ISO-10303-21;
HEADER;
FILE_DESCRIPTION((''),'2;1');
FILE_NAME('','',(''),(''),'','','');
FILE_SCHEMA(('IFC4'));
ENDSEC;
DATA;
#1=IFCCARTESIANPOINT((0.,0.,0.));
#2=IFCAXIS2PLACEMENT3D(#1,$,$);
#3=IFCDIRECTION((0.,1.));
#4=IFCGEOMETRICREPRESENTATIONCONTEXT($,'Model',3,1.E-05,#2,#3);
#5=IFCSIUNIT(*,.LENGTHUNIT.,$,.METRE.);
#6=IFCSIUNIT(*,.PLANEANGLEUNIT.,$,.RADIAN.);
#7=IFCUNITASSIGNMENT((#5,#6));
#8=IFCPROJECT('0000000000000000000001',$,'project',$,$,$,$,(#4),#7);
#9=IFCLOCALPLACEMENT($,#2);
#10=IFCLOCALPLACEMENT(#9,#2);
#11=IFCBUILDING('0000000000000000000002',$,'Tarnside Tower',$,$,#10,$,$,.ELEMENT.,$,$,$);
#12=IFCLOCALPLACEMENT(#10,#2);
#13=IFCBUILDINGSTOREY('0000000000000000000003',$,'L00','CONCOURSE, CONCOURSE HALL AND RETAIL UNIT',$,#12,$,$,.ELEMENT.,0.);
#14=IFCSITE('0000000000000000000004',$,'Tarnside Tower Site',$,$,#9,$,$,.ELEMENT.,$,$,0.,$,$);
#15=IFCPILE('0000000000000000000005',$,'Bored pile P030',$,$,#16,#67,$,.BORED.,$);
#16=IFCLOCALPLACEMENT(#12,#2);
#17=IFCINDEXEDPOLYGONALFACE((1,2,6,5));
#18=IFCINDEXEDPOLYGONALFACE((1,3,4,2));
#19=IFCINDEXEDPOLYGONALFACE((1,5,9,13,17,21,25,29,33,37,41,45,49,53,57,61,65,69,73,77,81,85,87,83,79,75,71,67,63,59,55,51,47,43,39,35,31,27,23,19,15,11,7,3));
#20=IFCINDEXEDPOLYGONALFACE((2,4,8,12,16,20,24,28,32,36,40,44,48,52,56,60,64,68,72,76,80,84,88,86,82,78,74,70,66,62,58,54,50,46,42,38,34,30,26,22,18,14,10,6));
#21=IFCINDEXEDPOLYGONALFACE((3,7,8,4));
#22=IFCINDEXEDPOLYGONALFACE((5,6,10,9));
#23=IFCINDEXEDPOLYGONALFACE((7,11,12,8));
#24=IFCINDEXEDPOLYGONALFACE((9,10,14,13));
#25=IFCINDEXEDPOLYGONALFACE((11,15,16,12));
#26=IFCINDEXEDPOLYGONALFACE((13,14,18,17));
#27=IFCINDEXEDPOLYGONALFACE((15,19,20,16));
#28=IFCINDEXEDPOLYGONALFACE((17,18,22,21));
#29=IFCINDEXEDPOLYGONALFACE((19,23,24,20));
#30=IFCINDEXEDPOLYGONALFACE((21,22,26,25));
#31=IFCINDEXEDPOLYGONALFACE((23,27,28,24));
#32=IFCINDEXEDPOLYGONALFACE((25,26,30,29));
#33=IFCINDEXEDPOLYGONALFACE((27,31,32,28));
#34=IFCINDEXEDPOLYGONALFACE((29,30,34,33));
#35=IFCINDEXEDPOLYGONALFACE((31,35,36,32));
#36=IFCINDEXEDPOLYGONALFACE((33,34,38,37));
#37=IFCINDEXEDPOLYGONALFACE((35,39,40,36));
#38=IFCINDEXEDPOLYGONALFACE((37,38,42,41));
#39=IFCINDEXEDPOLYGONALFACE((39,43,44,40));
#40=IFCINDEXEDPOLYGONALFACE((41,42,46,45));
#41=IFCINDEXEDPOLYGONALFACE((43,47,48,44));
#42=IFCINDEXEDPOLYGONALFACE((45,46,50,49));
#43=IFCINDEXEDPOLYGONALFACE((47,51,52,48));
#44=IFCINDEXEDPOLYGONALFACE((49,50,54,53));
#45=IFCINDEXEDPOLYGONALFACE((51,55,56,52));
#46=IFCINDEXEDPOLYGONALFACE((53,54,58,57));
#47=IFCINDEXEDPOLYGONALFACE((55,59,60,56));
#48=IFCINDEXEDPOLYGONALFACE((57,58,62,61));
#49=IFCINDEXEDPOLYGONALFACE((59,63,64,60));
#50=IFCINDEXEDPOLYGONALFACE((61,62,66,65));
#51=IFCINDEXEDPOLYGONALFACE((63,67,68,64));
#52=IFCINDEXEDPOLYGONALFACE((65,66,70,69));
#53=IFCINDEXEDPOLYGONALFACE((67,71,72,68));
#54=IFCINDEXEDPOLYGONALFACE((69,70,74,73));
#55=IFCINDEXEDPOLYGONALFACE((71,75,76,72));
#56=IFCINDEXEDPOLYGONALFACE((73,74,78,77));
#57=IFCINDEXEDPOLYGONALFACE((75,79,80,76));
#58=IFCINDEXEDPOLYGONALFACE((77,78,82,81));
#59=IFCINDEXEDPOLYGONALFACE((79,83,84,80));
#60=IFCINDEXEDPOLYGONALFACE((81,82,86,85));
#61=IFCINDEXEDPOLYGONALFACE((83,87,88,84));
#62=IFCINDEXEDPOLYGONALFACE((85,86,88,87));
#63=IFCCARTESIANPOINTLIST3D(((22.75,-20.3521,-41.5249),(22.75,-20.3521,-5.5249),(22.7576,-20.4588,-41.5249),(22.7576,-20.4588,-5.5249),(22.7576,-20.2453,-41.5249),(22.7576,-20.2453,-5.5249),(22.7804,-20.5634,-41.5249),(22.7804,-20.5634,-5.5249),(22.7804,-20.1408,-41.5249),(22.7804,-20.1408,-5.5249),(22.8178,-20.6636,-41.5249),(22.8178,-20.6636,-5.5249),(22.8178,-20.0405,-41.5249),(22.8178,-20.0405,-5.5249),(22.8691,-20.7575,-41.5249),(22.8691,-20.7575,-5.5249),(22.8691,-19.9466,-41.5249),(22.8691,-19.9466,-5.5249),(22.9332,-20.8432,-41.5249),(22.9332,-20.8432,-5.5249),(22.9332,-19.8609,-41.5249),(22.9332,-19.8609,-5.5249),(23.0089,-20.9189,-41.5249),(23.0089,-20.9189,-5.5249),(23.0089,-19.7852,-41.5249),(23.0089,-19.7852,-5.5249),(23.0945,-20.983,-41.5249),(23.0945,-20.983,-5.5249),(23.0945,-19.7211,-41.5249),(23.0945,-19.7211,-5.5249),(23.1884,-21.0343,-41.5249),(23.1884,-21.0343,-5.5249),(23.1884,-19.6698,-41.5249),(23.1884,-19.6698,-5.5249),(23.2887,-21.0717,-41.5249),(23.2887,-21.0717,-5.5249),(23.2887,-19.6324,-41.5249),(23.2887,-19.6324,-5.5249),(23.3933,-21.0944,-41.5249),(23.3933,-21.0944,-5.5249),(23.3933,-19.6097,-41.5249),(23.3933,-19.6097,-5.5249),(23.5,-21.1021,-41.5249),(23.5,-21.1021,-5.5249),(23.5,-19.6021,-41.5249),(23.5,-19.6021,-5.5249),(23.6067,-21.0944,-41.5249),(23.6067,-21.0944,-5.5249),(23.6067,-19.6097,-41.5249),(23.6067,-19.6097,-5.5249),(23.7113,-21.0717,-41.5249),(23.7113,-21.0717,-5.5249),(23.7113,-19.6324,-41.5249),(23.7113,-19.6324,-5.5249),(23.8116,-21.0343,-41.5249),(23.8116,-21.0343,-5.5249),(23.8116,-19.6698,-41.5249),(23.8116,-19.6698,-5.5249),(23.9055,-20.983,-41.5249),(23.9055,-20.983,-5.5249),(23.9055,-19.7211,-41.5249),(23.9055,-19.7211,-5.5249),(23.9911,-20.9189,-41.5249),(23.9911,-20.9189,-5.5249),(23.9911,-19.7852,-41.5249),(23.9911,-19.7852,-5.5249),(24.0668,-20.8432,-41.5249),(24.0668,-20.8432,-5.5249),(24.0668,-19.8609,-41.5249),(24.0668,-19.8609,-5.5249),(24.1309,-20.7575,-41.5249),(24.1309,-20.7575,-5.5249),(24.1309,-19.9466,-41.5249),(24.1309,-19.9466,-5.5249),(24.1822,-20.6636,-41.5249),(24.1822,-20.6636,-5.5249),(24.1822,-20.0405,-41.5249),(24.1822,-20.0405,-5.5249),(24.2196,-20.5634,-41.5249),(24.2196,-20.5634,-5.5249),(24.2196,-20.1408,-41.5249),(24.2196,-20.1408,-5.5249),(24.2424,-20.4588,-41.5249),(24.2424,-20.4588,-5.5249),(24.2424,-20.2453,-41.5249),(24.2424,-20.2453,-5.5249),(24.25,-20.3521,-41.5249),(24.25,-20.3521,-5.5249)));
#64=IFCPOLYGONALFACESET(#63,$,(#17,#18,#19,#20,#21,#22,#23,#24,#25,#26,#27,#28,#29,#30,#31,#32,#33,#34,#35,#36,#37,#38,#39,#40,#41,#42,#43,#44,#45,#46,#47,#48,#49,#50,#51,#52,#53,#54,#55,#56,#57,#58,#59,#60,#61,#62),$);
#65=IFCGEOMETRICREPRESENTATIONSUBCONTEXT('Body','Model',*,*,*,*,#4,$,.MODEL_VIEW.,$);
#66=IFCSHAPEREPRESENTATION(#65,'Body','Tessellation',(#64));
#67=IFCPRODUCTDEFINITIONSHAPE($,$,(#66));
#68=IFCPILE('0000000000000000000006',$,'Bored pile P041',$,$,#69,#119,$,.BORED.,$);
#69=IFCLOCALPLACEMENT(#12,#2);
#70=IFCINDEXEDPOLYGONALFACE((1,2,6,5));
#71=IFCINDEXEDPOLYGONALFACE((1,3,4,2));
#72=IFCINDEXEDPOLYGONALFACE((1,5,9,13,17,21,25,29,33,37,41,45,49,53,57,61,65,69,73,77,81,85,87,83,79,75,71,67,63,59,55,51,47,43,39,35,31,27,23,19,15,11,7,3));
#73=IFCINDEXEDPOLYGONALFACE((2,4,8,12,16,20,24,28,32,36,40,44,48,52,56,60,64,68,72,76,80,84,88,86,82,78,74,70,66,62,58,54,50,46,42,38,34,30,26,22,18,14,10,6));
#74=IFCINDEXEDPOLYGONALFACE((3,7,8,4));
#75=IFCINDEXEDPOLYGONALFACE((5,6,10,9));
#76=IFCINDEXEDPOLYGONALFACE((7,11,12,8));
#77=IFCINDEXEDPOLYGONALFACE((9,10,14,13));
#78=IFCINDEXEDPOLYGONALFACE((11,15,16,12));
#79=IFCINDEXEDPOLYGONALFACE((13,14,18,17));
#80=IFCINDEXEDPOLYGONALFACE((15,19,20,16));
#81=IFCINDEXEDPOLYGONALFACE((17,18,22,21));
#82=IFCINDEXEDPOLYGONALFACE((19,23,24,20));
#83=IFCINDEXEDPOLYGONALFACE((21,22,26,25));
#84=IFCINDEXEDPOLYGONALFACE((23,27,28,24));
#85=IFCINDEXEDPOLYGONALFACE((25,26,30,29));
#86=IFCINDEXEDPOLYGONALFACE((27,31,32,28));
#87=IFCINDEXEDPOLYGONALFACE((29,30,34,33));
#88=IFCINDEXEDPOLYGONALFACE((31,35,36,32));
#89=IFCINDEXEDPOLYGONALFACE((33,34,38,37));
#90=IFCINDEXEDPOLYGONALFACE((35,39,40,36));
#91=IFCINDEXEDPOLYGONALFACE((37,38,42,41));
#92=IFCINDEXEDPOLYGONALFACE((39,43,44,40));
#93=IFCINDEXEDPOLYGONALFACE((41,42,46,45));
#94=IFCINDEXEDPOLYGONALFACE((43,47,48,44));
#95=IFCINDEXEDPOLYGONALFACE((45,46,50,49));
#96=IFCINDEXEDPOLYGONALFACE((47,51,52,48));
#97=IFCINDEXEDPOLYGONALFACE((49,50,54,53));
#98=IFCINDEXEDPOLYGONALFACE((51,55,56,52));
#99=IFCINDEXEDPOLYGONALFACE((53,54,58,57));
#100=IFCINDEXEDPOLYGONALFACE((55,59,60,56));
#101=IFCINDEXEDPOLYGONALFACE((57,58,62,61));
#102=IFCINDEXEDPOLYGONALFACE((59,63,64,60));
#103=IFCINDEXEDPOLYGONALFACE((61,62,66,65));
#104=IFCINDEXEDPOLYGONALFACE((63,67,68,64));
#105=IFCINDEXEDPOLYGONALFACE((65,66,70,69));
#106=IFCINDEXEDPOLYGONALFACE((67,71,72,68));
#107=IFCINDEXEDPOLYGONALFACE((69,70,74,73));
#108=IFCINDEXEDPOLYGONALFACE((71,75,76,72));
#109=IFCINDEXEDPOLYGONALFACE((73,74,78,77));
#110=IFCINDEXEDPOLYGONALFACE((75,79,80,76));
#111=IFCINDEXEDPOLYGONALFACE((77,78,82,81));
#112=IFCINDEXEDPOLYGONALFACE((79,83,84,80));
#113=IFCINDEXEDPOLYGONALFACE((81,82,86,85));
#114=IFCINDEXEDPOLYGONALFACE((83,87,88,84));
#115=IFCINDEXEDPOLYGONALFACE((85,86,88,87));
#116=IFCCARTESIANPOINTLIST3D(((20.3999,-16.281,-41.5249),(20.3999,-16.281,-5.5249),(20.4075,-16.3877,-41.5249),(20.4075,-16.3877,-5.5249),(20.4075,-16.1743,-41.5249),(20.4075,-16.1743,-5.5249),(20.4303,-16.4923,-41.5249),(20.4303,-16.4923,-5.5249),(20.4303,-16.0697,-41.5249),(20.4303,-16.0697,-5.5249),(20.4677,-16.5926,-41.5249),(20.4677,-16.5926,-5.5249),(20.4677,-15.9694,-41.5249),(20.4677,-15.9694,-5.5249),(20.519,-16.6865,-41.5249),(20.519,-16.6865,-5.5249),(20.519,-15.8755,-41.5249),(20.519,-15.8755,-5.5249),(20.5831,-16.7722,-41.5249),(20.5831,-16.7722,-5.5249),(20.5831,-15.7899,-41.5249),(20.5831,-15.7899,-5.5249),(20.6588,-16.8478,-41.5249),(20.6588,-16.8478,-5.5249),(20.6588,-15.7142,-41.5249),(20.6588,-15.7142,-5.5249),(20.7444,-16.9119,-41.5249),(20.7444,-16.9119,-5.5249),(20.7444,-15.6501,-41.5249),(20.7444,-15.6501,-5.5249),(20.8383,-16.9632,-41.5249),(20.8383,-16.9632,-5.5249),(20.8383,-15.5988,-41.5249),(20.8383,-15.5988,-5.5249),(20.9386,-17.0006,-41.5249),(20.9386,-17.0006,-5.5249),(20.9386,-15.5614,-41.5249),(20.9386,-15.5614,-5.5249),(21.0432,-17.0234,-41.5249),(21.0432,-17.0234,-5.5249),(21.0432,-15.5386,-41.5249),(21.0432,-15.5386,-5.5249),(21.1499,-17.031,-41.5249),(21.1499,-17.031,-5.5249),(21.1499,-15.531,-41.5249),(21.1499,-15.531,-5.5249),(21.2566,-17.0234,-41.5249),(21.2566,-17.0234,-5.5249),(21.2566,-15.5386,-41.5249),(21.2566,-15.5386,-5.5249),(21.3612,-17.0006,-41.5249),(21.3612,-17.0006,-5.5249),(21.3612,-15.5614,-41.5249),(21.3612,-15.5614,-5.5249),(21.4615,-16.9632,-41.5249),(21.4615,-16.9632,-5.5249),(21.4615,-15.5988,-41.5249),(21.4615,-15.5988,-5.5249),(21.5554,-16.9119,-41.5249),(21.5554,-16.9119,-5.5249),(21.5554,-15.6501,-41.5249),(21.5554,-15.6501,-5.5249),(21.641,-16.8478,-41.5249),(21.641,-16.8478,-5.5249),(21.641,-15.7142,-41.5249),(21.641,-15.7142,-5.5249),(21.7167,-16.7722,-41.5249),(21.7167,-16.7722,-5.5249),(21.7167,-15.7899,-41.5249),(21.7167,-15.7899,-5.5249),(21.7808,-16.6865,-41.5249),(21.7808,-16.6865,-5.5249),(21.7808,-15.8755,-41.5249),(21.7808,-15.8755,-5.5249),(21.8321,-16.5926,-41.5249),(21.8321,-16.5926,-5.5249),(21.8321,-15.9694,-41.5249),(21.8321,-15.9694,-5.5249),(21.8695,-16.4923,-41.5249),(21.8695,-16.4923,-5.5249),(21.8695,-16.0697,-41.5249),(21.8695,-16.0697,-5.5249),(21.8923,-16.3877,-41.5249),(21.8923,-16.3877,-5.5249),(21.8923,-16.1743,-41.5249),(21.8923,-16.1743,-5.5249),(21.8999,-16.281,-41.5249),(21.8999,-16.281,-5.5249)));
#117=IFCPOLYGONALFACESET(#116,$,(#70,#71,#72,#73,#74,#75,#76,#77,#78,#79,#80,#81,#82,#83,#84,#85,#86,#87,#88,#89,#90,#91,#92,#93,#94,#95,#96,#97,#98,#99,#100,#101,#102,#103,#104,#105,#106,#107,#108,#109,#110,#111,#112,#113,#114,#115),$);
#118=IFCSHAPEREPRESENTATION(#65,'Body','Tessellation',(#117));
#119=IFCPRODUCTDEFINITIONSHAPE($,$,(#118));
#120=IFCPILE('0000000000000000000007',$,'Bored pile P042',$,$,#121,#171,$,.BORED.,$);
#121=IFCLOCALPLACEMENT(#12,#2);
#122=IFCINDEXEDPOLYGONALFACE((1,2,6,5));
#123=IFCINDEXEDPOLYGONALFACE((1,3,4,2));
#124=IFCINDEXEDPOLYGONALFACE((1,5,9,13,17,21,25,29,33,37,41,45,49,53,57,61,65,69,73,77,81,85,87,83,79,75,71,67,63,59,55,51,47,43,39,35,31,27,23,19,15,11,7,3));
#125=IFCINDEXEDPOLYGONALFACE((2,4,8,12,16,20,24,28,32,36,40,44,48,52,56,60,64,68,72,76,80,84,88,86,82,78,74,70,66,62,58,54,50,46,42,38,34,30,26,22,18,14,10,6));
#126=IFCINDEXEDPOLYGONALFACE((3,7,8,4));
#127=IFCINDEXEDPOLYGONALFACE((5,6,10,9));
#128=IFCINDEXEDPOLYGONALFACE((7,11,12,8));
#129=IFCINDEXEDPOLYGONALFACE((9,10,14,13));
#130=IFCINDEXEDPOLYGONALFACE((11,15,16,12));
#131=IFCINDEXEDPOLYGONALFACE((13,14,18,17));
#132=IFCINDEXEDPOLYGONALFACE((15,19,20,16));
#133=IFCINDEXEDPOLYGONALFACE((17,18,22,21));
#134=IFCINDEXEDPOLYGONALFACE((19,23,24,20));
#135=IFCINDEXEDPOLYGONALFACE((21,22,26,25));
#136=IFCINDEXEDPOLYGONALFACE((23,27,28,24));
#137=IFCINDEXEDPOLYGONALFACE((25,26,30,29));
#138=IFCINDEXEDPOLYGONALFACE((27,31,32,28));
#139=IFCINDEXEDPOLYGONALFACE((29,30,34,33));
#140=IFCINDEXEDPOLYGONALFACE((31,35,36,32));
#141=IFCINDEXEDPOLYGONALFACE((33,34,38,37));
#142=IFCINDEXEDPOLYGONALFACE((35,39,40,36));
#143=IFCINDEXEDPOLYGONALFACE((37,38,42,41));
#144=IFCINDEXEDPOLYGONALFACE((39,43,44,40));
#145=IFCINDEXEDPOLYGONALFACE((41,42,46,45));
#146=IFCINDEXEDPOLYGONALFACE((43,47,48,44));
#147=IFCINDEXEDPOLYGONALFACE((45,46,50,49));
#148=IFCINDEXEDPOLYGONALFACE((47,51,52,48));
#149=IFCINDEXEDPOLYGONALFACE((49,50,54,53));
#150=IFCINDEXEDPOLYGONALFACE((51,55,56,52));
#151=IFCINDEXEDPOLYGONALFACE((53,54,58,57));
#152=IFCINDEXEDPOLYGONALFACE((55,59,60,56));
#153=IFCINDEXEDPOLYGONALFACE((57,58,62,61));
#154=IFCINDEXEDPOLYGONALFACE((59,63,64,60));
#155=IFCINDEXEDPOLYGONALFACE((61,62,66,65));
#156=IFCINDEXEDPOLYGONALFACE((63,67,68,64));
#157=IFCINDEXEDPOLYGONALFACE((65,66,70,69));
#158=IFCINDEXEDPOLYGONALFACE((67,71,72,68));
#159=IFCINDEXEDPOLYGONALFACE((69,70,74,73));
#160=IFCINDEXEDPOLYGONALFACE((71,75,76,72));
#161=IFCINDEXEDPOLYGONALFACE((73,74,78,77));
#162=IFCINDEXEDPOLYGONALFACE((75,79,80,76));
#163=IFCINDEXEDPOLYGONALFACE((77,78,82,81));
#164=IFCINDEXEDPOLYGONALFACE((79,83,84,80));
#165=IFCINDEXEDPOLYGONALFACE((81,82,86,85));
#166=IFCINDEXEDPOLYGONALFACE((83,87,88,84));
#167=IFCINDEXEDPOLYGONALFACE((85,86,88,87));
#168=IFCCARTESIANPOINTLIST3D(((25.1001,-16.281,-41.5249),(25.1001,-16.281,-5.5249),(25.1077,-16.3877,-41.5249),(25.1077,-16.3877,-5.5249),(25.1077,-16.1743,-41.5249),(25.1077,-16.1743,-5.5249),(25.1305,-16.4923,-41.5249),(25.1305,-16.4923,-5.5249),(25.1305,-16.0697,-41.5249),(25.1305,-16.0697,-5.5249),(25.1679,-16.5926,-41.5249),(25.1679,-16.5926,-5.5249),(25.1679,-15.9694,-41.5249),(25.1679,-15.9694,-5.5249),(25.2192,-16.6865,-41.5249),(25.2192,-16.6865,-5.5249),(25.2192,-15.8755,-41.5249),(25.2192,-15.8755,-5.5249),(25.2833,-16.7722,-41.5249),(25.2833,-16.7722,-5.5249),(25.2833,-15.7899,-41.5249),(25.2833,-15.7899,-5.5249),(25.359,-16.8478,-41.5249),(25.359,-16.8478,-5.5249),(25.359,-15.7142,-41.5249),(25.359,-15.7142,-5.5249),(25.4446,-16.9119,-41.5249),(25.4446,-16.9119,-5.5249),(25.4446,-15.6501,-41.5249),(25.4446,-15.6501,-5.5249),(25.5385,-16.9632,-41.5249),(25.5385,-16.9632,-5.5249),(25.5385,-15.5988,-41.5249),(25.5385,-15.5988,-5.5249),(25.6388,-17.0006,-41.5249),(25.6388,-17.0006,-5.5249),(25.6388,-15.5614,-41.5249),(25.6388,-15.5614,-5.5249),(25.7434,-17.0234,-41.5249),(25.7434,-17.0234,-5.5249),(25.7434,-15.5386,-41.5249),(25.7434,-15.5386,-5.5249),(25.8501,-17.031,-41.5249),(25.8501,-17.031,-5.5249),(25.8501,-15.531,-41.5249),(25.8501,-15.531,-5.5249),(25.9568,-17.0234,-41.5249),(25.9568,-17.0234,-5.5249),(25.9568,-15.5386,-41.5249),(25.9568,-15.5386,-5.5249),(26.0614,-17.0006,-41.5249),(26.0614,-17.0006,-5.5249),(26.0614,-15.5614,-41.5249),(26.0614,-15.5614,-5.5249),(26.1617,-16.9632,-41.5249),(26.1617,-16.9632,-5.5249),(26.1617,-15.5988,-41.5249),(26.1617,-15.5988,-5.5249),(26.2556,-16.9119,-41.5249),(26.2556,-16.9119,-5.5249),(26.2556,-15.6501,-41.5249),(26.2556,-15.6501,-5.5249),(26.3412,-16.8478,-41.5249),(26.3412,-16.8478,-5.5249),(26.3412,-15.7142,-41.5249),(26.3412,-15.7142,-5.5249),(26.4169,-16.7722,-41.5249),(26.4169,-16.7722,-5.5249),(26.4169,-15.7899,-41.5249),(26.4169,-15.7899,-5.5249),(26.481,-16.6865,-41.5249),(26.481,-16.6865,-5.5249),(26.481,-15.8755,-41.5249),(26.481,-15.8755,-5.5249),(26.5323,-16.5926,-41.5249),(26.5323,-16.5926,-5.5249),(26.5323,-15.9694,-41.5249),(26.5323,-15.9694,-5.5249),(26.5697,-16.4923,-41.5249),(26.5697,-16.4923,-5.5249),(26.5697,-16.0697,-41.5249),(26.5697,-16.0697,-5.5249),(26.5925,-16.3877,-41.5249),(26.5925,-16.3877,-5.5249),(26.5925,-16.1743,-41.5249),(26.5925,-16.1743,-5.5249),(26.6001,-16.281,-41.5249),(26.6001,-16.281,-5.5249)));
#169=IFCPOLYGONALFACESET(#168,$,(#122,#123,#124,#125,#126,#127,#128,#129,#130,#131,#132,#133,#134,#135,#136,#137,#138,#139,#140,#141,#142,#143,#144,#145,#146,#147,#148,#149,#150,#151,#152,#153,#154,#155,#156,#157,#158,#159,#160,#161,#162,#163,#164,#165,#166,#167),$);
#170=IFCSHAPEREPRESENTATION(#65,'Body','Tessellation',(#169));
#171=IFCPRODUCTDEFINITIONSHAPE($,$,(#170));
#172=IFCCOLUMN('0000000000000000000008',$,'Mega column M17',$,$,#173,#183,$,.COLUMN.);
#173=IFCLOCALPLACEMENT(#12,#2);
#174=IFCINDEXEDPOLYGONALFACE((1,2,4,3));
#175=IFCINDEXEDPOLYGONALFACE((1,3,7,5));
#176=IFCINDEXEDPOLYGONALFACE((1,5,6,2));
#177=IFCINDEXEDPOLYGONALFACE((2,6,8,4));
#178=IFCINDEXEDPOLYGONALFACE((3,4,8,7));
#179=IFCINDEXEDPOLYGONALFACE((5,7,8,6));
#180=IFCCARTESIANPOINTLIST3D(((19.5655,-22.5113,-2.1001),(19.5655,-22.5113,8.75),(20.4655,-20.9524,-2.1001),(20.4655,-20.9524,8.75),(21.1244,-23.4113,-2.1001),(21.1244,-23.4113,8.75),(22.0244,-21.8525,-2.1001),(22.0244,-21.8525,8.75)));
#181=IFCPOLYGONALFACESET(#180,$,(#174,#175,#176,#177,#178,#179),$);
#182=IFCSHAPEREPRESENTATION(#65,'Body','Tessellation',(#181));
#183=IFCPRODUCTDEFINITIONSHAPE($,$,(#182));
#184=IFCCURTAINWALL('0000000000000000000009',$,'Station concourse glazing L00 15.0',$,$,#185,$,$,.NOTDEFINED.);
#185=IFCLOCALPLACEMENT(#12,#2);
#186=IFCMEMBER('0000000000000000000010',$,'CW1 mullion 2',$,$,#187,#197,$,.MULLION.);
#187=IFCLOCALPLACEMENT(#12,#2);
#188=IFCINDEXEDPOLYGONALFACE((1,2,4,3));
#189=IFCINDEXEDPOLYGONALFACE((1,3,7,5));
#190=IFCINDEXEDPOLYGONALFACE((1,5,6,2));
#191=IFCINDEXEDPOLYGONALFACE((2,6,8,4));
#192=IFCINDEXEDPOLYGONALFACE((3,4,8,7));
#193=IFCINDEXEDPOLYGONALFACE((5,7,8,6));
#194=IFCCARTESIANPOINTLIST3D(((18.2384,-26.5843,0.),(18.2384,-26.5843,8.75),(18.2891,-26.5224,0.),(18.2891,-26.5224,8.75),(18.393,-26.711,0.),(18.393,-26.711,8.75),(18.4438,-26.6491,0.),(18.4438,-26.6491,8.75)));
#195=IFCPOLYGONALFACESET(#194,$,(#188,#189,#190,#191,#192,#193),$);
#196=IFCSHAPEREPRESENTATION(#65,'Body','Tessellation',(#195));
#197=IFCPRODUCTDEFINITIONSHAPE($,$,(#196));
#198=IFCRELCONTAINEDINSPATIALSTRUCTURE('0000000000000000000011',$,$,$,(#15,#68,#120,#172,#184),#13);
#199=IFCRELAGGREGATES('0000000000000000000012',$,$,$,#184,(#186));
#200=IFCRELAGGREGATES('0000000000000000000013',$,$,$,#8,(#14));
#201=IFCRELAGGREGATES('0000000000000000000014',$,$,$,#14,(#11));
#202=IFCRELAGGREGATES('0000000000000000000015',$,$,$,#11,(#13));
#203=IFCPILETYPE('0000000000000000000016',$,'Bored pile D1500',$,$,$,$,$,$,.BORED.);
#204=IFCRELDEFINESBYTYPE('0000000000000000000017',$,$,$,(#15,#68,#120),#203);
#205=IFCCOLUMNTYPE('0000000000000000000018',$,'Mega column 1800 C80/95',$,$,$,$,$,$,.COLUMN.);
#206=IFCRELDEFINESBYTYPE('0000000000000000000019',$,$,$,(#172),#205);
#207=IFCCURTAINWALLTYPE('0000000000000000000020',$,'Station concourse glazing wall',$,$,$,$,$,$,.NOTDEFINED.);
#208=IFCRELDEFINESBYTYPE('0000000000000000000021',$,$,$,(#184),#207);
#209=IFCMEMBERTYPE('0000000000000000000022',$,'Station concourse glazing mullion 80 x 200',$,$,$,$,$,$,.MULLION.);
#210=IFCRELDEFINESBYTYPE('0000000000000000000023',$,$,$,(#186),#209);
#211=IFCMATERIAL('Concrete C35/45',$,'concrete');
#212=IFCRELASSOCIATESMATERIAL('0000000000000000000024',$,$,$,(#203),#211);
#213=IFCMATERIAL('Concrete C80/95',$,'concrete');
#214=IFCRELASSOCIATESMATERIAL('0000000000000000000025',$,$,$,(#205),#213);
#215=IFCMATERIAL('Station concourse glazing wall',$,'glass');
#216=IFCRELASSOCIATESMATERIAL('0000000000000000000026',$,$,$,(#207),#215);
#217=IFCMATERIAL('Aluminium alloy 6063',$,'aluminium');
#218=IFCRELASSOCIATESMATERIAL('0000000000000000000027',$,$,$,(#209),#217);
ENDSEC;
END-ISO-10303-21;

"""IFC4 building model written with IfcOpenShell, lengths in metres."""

from ifc_helpers import new_model, si_unit, direction, frame, origin, origin_2d, place, context, subcontext, project, spatial, rectangle, circle, extrude, material, material_profile, profile_set, type_object, element, aggregate, save


model = new_model("IFC4")

# Units and contexts
model_context = context("Model", 3, precision=1e-05, world=origin(), true_north=direction((0.0, 1.0)))
body_context = subcontext(model_context, "Body", "Model", "MODEL_VIEW")
ifc_project = project(units=[si_unit("LENGTHUNIT", "METRE"), si_unit("PLANEANGLEUNIT", "RADIAN")], contexts=[model_context])

# Site, building, storey
site_placement = place(None, origin())
site = spatial("IfcSite", under=ifc_project, at=site_placement, Name="Tarnside Tower Site", CompositionType="ELEMENT", RefElevation=0.0)
building_placement = place(site_placement, origin())
building = spatial("IfcBuilding", under=site, at=building_placement, Name="Tarnside Tower", CompositionType="ELEMENT")
storey_placement = place(building_placement, origin())
storey = spatial("IfcBuildingStorey", under=building, at=storey_placement, Name="L00", Description="CONCOURSE, CONCOURSE HALL AND RETAIL UNIT", CompositionType="ELEMENT", Elevation=0.0)

# Piles
ifc_material_1 = material(Name="Concrete C35/45", Category="concrete")
ifc_material_profile_1 = material_profile(ifc_material_1, circle(Radius=0.75, at=origin_2d()), Name="Bored pile D1500")
ifc_profile_set_1 = profile_set([ifc_material_profile_1], Name="Concrete C35/45")
pile_type = type_object("IfcPileType", Name="Bored pile D1500", PredefinedType="BORED", material=ifc_profile_set_1)
for number, where, z_axis, x_axis, name in (
    (1, (23.5, -20.3521, -5.5249), (0.0, 0.0, -1.0), (1.0, 0.0, 0.0), "Bored pile P030"),
    (2, (21.1499, -16.281, -5.5249), (0.0, 0.0, -1.0), (1.0, 0.0, 0.0), "Bored pile P041"),
    (3, (25.8501, -16.281, -5.5249), (0.0, 0.0, -1.0), (1.0, 0.0, 0.0), "Bored pile P042"),
):
    element("IfcPile", number, at=place(storey_placement, frame(where, z_axis=z_axis, x_axis=x_axis)), inside=storey, type_object=pile_type, Name=name, PredefinedType="BORED", context=body_context, shape_type="SweptSolid", body=[
        extrude(circle(Radius=0.75, at=origin_2d()), origin(), (0.0, 0.0, 1.0), 36.0),
    ])

# Column
ifc_material_2 = material(Name="Concrete C80/95", Category="concrete")
ifc_material_profile_2 = material_profile(ifc_material_2, rectangle(XDim=1.8, YDim=1.8, at=origin_2d()), Name="Mega column 1800x1800")
ifc_profile_set_2 = profile_set([ifc_material_profile_2], Name="Concrete C80/95")
column_type = type_object("IfcColumnType", Name="Mega column 1800 C80/95", PredefinedType="COLUMN", material=ifc_profile_set_2)
column_placement = place(storey_placement, frame((20.7949, -22.1819, -2.1001), z_axis=(0.0, 0.0, 1.0), x_axis=(-0.5, -0.866025, 0.0)))
element("IfcColumn", 4, at=column_placement, inside=storey, type_object=column_type, Name="Mega column M17", PredefinedType="COLUMN", context=body_context, shape_type="SweptSolid", body=[
    extrude(rectangle(XDim=1.8, YDim=1.8, at=origin_2d()), origin(), (0.0, 0.0, 1.0), 10.8501),
])

# Curtain wall, member
ifc_material_3 = material(Name="Station concourse glazing wall", Category="glass")
curtain_wall_type = type_object("IfcCurtainWallType", Name="Station concourse glazing wall", PredefinedType="NOTDEFINED", material=ifc_material_3)
curtain_wall_1_placement = place(storey_placement, origin())
curtain_wall_1 = element("IfcCurtainWall", 5, at=curtain_wall_1_placement, inside=storey, type_object=curtain_wall_type, Name="Station concourse glazing L00 15.0", PredefinedType="NOTDEFINED")
ifc_material_4 = material(Name="Aluminium alloy 6063", Category="aluminium")
ifc_material_profile_3 = material_profile(ifc_material_4, rectangle(XDim=0.2, YDim=0.0801, at=origin_2d()), Name="Station concourse glazing mullion 80 x 200")
ifc_profile_set_3 = profile_set([ifc_material_profile_3], Name="Aluminium alloy 6063")
member_type_1 = type_object("IfcMemberType", Name="Station concourse glazing mullion 80 x 200", PredefinedType="MULLION", material=ifc_profile_set_3)
member_1_placement = place(storey_placement, frame((18.3411, -26.6167, 0.0), z_axis=(0.0, 0.0, 1.0), x_axis=(-0.773472, 0.633831, 0.0)))
member_1 = element("IfcMember", 6, at=member_1_placement, type_object=member_type_1, Name="CW1 mullion 2", PredefinedType="MULLION", context=body_context, shape_type="SweptSolid", body=[
    extrude(rectangle(XDim=0.2, YDim=0.0801, at=origin_2d()), origin(), (0.0, 0.0, 1.0), 8.75),
])
aggregate(curtain_wall_1, [member_1])

save(model, "model.ifc")
